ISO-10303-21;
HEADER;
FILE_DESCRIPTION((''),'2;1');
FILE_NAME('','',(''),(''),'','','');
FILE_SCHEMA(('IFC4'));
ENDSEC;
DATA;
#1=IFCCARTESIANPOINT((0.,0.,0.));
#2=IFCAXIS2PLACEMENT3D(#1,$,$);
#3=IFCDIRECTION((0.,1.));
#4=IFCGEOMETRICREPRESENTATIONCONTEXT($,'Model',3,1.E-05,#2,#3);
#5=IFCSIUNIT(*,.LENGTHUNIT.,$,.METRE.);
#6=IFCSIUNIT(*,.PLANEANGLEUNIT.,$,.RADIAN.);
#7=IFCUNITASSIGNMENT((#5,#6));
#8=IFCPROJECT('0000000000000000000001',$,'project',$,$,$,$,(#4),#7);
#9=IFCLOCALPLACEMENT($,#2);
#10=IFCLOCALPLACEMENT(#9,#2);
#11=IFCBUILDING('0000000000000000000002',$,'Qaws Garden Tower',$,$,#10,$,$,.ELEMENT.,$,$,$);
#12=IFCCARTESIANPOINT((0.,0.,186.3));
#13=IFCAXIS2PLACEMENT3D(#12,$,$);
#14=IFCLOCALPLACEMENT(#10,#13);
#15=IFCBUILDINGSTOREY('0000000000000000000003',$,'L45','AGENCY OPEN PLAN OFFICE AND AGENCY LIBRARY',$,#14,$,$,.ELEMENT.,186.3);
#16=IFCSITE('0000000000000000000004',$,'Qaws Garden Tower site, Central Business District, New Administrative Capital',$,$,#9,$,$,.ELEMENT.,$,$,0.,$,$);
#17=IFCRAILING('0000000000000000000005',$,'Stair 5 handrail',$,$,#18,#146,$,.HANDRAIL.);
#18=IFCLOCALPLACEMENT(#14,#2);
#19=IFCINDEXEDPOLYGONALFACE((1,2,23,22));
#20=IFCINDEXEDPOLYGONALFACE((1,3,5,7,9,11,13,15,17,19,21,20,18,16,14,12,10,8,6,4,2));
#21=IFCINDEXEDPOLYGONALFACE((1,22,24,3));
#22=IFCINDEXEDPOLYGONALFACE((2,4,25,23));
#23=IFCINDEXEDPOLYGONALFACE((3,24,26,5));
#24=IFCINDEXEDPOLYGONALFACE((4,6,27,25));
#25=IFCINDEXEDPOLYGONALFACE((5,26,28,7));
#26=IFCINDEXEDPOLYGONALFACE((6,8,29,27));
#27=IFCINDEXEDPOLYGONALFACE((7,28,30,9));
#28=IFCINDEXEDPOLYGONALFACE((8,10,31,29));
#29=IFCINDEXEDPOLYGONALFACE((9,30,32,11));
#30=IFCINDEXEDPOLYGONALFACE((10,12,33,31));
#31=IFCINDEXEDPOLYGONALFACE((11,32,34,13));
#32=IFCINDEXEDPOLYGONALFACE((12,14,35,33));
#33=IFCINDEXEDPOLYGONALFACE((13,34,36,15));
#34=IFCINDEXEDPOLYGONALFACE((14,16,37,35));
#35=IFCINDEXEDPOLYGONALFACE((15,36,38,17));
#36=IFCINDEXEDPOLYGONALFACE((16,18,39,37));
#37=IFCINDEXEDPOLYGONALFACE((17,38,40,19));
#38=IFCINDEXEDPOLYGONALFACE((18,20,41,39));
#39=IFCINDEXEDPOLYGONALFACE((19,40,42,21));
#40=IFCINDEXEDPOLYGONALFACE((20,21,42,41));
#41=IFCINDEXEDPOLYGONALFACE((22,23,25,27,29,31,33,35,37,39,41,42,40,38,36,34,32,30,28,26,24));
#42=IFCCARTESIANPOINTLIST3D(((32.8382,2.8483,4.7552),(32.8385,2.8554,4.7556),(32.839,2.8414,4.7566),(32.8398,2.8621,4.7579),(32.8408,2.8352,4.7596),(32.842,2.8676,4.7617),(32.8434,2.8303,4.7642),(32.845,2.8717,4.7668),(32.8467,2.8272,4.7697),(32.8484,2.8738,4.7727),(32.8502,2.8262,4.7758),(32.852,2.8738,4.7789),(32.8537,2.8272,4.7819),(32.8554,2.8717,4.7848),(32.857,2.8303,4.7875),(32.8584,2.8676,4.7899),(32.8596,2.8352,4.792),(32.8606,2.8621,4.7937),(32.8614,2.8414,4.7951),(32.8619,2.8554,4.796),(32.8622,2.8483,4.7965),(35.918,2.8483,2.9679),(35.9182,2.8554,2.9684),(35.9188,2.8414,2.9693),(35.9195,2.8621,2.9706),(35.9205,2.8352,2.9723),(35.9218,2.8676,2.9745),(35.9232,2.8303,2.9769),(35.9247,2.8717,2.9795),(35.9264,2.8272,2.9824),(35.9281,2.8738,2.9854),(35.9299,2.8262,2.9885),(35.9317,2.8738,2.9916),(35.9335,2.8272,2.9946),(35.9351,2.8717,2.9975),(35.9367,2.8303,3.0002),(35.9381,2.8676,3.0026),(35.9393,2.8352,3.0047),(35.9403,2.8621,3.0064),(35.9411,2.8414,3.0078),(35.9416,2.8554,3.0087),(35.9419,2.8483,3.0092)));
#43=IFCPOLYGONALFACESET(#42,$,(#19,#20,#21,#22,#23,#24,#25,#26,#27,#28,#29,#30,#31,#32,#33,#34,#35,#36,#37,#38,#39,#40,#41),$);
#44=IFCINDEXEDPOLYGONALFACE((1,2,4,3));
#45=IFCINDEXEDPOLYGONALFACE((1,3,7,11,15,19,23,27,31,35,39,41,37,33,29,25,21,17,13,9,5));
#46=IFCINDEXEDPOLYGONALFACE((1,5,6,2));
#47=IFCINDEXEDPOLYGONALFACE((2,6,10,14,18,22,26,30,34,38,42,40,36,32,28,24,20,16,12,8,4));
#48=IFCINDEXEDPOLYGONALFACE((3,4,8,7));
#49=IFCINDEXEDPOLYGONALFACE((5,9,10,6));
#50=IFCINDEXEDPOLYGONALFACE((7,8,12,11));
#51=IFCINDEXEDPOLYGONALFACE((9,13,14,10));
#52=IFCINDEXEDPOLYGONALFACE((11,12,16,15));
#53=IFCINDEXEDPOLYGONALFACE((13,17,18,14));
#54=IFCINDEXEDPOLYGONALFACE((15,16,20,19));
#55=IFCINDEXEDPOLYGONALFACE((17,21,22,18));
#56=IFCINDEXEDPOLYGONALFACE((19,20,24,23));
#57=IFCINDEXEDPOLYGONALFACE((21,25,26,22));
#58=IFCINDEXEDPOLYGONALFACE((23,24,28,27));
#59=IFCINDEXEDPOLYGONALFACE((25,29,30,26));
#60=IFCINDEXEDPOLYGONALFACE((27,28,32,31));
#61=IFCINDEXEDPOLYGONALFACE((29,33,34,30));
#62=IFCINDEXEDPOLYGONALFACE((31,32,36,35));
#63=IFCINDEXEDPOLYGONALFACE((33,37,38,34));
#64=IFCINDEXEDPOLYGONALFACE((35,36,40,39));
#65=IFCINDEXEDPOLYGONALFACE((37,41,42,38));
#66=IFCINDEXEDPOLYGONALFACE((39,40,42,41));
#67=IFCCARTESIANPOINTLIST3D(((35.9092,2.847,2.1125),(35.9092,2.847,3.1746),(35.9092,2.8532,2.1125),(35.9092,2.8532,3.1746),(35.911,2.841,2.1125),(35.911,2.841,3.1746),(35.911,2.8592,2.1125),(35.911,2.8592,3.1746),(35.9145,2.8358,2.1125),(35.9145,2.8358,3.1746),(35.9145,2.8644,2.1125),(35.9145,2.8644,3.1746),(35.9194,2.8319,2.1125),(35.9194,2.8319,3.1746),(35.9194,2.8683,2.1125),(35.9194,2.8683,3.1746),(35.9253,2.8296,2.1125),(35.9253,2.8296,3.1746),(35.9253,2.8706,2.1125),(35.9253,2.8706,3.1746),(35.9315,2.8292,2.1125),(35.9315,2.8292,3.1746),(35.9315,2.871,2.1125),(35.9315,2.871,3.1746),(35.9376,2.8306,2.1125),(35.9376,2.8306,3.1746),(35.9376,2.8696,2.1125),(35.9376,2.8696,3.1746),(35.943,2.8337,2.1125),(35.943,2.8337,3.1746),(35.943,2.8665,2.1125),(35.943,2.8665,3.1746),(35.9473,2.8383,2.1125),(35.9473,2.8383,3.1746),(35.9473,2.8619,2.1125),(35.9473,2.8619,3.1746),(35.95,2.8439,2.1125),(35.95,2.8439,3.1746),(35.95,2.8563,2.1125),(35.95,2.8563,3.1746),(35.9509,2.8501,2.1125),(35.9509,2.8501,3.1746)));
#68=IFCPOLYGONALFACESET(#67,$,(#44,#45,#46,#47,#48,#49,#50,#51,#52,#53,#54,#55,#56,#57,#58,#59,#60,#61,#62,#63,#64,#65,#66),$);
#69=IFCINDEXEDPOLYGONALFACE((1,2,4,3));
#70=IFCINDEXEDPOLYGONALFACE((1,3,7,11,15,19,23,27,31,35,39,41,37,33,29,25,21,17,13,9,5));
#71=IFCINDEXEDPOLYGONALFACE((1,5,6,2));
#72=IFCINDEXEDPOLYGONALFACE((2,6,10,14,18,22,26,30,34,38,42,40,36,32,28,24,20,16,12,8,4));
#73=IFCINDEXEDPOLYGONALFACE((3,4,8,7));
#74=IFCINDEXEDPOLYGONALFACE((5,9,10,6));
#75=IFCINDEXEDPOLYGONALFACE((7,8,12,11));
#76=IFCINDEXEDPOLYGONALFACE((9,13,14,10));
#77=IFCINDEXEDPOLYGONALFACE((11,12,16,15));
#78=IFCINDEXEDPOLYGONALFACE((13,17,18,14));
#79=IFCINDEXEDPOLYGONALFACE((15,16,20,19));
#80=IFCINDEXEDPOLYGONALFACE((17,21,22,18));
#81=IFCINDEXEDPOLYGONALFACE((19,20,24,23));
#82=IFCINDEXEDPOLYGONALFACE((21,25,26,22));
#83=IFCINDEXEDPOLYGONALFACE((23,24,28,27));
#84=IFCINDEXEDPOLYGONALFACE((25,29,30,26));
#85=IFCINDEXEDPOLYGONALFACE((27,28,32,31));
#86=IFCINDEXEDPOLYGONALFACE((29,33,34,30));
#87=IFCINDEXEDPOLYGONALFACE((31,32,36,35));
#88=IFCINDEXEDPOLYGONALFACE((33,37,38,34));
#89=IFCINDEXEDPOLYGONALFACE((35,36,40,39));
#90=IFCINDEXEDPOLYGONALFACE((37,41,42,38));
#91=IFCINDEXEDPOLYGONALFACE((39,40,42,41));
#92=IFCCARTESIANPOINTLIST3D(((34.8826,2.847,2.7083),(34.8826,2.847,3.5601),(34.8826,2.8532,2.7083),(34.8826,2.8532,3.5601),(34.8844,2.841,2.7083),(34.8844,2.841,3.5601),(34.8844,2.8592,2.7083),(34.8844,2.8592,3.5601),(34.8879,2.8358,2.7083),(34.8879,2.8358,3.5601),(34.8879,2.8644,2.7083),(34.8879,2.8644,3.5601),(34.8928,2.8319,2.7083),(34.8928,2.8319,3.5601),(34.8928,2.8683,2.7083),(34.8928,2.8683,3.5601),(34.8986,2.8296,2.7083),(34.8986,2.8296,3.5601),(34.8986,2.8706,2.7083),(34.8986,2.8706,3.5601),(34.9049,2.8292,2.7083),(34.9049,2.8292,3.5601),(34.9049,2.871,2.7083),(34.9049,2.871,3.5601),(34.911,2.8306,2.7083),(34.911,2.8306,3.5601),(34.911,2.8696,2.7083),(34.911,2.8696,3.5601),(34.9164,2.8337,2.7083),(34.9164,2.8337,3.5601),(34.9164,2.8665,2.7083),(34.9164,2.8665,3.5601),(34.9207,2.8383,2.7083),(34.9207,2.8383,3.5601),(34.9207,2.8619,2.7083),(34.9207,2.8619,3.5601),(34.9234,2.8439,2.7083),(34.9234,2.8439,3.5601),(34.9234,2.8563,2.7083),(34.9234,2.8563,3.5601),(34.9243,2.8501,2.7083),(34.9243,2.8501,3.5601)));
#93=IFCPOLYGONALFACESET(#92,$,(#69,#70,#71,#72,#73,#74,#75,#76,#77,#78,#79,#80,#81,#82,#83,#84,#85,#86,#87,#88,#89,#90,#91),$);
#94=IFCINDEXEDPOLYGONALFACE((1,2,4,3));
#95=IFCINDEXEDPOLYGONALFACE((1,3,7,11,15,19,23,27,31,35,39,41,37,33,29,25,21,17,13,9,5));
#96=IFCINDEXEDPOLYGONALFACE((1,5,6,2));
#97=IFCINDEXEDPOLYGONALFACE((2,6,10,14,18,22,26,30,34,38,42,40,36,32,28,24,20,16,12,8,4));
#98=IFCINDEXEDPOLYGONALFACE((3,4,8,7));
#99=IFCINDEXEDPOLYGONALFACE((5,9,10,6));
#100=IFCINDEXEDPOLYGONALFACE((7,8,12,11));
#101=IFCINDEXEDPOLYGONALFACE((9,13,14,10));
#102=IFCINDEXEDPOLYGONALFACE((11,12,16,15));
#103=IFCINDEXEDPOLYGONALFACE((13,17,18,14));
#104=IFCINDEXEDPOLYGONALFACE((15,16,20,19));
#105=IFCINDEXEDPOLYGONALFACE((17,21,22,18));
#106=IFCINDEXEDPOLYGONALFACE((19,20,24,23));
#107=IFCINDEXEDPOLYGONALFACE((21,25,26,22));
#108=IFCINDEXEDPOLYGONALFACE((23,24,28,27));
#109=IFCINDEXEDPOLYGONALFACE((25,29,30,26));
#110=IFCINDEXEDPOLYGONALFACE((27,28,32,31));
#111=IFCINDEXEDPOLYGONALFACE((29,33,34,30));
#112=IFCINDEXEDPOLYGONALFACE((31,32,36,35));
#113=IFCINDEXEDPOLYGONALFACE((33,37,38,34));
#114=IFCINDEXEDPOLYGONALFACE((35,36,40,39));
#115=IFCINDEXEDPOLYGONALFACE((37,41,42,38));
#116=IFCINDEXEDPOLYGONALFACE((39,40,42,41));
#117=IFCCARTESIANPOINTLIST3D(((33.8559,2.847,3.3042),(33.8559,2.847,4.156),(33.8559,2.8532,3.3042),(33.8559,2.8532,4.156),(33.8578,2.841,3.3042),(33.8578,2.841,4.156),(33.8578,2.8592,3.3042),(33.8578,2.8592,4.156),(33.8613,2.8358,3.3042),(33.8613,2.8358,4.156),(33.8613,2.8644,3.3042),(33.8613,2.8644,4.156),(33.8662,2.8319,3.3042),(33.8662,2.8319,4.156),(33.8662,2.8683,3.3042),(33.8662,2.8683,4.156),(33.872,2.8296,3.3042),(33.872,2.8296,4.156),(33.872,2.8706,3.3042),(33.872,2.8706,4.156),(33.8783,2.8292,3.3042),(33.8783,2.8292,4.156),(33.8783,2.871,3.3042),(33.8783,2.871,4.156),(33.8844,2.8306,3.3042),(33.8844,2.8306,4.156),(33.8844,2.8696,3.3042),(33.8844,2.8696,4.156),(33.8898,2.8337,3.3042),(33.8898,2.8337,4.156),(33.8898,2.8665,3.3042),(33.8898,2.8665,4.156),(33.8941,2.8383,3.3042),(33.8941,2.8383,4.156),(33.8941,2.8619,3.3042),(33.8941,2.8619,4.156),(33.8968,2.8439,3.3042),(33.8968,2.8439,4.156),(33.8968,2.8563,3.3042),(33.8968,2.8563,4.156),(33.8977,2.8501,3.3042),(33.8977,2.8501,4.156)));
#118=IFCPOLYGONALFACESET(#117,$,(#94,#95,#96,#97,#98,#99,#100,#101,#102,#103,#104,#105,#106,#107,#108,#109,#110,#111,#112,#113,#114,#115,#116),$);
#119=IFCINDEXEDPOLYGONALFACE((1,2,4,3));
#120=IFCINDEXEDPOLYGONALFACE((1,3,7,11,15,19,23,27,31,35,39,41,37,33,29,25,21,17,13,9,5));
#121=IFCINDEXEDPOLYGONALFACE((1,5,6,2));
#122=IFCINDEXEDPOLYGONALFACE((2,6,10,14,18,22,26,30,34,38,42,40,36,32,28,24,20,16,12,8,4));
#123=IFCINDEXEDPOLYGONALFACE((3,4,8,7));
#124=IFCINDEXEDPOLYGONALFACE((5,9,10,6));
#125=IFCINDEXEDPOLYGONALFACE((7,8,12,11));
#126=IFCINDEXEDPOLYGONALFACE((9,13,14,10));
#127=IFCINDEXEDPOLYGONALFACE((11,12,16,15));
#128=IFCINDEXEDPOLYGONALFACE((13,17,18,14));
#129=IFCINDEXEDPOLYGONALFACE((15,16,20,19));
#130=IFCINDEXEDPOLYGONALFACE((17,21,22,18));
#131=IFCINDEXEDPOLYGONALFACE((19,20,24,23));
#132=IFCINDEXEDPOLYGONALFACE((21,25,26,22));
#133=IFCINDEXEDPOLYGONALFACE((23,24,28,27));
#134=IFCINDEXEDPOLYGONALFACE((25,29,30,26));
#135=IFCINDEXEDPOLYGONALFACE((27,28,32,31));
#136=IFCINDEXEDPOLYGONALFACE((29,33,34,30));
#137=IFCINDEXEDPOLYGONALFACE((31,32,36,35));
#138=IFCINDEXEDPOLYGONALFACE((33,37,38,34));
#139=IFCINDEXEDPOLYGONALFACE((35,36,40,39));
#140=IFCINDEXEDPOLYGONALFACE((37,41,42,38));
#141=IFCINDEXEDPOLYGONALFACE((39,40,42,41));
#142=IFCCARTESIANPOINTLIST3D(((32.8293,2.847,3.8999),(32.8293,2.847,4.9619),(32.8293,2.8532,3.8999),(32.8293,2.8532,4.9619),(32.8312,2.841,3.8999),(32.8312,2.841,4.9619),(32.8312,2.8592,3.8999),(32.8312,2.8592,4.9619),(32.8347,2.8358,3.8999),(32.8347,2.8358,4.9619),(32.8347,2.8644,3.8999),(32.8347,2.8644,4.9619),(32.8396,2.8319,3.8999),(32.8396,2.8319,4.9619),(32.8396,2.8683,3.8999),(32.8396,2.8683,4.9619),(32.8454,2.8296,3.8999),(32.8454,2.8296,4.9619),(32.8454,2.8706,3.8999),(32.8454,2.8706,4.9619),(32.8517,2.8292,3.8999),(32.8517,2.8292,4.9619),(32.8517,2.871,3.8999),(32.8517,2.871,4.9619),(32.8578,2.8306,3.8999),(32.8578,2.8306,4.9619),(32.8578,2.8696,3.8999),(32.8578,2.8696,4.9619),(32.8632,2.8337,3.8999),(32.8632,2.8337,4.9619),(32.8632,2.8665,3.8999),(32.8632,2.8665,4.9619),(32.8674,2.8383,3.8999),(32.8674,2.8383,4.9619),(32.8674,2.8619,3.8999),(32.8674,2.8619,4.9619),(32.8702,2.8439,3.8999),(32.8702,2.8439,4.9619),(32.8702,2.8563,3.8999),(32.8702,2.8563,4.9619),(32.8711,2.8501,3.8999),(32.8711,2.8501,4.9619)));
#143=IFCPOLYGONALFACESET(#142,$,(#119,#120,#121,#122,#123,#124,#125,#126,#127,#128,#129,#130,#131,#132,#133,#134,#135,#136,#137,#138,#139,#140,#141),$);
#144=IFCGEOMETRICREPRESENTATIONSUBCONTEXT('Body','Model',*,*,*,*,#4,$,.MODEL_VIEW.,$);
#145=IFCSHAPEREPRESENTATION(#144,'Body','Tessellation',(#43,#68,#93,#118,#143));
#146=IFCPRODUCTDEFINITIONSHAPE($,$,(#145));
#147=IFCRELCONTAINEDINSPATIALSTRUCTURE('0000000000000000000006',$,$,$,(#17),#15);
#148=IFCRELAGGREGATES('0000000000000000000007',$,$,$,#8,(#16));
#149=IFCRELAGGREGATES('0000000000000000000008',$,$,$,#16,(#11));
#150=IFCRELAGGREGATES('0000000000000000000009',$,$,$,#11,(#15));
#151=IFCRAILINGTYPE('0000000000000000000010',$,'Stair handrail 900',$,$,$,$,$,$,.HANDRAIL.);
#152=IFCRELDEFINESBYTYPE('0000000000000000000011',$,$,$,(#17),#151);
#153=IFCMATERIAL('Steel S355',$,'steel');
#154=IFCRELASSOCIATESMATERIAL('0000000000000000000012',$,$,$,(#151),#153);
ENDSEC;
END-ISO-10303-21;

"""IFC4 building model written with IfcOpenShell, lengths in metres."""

from ifc_helpers import new_model, si_unit, direction, frame, origin, origin_2d, place, context, subcontext, project, spatial, circle, extrude, material, type_object, element, save


model = new_model("IFC4")

# Units and contexts
model_context = context("Model", 3, precision=1e-05, world=origin(), true_north=direction((0.0, 1.0)))
body_context = subcontext(model_context, "Body", "Model", "MODEL_VIEW")
ifc_project = project(units=[si_unit("LENGTHUNIT", "METRE"), si_unit("PLANEANGLEUNIT", "RADIAN")], contexts=[model_context])

# Site, building, storey
site_placement = place(None, origin())
site = spatial("IfcSite", under=ifc_project, at=site_placement, Name="Qaws Garden Tower site, Central Business District, New Administrative Capital", CompositionType="ELEMENT", RefElevation=0.0)
building_placement = place(site_placement, origin())
building = spatial("IfcBuilding", under=site, at=building_placement, Name="Qaws Garden Tower", CompositionType="ELEMENT")
storey_placement = place(building_placement, frame((0.0, 0.0, 186.3)))
storey = spatial("IfcBuildingStorey", under=building, at=storey_placement, Name="L45", Description="AGENCY OPEN PLAN OFFICE AND AGENCY LIBRARY", CompositionType="ELEMENT", Elevation=186.3)

# Railing
ifc_material_1 = material(Name="Steel S355", Category="steel")
railing_type = type_object("IfcRailingType", Name="Stair handrail 900", PredefinedType="HANDRAIL", material=ifc_material_1)
railing_placement = place(storey_placement, frame((35.9299, 2.8501, 2.1125)))
element("IfcRailing", 1, at=railing_placement, inside=storey, type_object=railing_type, Name="Stair 5 handrail", PredefinedType="HANDRAIL", context=body_context, shape_type="SweptSolid", body=[
    extrude(circle(Radius=0.0239, at=origin_2d()), frame((0.0, 0.0, 0.876), z_axis=(-0.864903, 0.0, 0.501939), x_axis=(0.0, -1.0, 0.0)), (0.0, 0.0, 1.0), 3.5608),
    extrude(circle(Radius=0.021, at=origin_2d()), origin(), (0.0, 0.0, 1.0), 1.062),
    extrude(circle(Radius=0.021, at=origin_2d()), frame((-1.0266, 0.0, 0.5957)), (0.0, 0.0, 1.0), 0.8518),
    extrude(circle(Radius=0.021, at=origin_2d()), frame((-2.0532, 0.0, 1.1917)), (0.0, 0.0, 1.0), 0.8518),
    extrude(circle(Radius=0.021, at=origin_2d()), frame((-3.0798, 0.0, 1.7874)), (0.0, 0.0, 1.0), 1.062),
])

save(model, "model.ifc")
